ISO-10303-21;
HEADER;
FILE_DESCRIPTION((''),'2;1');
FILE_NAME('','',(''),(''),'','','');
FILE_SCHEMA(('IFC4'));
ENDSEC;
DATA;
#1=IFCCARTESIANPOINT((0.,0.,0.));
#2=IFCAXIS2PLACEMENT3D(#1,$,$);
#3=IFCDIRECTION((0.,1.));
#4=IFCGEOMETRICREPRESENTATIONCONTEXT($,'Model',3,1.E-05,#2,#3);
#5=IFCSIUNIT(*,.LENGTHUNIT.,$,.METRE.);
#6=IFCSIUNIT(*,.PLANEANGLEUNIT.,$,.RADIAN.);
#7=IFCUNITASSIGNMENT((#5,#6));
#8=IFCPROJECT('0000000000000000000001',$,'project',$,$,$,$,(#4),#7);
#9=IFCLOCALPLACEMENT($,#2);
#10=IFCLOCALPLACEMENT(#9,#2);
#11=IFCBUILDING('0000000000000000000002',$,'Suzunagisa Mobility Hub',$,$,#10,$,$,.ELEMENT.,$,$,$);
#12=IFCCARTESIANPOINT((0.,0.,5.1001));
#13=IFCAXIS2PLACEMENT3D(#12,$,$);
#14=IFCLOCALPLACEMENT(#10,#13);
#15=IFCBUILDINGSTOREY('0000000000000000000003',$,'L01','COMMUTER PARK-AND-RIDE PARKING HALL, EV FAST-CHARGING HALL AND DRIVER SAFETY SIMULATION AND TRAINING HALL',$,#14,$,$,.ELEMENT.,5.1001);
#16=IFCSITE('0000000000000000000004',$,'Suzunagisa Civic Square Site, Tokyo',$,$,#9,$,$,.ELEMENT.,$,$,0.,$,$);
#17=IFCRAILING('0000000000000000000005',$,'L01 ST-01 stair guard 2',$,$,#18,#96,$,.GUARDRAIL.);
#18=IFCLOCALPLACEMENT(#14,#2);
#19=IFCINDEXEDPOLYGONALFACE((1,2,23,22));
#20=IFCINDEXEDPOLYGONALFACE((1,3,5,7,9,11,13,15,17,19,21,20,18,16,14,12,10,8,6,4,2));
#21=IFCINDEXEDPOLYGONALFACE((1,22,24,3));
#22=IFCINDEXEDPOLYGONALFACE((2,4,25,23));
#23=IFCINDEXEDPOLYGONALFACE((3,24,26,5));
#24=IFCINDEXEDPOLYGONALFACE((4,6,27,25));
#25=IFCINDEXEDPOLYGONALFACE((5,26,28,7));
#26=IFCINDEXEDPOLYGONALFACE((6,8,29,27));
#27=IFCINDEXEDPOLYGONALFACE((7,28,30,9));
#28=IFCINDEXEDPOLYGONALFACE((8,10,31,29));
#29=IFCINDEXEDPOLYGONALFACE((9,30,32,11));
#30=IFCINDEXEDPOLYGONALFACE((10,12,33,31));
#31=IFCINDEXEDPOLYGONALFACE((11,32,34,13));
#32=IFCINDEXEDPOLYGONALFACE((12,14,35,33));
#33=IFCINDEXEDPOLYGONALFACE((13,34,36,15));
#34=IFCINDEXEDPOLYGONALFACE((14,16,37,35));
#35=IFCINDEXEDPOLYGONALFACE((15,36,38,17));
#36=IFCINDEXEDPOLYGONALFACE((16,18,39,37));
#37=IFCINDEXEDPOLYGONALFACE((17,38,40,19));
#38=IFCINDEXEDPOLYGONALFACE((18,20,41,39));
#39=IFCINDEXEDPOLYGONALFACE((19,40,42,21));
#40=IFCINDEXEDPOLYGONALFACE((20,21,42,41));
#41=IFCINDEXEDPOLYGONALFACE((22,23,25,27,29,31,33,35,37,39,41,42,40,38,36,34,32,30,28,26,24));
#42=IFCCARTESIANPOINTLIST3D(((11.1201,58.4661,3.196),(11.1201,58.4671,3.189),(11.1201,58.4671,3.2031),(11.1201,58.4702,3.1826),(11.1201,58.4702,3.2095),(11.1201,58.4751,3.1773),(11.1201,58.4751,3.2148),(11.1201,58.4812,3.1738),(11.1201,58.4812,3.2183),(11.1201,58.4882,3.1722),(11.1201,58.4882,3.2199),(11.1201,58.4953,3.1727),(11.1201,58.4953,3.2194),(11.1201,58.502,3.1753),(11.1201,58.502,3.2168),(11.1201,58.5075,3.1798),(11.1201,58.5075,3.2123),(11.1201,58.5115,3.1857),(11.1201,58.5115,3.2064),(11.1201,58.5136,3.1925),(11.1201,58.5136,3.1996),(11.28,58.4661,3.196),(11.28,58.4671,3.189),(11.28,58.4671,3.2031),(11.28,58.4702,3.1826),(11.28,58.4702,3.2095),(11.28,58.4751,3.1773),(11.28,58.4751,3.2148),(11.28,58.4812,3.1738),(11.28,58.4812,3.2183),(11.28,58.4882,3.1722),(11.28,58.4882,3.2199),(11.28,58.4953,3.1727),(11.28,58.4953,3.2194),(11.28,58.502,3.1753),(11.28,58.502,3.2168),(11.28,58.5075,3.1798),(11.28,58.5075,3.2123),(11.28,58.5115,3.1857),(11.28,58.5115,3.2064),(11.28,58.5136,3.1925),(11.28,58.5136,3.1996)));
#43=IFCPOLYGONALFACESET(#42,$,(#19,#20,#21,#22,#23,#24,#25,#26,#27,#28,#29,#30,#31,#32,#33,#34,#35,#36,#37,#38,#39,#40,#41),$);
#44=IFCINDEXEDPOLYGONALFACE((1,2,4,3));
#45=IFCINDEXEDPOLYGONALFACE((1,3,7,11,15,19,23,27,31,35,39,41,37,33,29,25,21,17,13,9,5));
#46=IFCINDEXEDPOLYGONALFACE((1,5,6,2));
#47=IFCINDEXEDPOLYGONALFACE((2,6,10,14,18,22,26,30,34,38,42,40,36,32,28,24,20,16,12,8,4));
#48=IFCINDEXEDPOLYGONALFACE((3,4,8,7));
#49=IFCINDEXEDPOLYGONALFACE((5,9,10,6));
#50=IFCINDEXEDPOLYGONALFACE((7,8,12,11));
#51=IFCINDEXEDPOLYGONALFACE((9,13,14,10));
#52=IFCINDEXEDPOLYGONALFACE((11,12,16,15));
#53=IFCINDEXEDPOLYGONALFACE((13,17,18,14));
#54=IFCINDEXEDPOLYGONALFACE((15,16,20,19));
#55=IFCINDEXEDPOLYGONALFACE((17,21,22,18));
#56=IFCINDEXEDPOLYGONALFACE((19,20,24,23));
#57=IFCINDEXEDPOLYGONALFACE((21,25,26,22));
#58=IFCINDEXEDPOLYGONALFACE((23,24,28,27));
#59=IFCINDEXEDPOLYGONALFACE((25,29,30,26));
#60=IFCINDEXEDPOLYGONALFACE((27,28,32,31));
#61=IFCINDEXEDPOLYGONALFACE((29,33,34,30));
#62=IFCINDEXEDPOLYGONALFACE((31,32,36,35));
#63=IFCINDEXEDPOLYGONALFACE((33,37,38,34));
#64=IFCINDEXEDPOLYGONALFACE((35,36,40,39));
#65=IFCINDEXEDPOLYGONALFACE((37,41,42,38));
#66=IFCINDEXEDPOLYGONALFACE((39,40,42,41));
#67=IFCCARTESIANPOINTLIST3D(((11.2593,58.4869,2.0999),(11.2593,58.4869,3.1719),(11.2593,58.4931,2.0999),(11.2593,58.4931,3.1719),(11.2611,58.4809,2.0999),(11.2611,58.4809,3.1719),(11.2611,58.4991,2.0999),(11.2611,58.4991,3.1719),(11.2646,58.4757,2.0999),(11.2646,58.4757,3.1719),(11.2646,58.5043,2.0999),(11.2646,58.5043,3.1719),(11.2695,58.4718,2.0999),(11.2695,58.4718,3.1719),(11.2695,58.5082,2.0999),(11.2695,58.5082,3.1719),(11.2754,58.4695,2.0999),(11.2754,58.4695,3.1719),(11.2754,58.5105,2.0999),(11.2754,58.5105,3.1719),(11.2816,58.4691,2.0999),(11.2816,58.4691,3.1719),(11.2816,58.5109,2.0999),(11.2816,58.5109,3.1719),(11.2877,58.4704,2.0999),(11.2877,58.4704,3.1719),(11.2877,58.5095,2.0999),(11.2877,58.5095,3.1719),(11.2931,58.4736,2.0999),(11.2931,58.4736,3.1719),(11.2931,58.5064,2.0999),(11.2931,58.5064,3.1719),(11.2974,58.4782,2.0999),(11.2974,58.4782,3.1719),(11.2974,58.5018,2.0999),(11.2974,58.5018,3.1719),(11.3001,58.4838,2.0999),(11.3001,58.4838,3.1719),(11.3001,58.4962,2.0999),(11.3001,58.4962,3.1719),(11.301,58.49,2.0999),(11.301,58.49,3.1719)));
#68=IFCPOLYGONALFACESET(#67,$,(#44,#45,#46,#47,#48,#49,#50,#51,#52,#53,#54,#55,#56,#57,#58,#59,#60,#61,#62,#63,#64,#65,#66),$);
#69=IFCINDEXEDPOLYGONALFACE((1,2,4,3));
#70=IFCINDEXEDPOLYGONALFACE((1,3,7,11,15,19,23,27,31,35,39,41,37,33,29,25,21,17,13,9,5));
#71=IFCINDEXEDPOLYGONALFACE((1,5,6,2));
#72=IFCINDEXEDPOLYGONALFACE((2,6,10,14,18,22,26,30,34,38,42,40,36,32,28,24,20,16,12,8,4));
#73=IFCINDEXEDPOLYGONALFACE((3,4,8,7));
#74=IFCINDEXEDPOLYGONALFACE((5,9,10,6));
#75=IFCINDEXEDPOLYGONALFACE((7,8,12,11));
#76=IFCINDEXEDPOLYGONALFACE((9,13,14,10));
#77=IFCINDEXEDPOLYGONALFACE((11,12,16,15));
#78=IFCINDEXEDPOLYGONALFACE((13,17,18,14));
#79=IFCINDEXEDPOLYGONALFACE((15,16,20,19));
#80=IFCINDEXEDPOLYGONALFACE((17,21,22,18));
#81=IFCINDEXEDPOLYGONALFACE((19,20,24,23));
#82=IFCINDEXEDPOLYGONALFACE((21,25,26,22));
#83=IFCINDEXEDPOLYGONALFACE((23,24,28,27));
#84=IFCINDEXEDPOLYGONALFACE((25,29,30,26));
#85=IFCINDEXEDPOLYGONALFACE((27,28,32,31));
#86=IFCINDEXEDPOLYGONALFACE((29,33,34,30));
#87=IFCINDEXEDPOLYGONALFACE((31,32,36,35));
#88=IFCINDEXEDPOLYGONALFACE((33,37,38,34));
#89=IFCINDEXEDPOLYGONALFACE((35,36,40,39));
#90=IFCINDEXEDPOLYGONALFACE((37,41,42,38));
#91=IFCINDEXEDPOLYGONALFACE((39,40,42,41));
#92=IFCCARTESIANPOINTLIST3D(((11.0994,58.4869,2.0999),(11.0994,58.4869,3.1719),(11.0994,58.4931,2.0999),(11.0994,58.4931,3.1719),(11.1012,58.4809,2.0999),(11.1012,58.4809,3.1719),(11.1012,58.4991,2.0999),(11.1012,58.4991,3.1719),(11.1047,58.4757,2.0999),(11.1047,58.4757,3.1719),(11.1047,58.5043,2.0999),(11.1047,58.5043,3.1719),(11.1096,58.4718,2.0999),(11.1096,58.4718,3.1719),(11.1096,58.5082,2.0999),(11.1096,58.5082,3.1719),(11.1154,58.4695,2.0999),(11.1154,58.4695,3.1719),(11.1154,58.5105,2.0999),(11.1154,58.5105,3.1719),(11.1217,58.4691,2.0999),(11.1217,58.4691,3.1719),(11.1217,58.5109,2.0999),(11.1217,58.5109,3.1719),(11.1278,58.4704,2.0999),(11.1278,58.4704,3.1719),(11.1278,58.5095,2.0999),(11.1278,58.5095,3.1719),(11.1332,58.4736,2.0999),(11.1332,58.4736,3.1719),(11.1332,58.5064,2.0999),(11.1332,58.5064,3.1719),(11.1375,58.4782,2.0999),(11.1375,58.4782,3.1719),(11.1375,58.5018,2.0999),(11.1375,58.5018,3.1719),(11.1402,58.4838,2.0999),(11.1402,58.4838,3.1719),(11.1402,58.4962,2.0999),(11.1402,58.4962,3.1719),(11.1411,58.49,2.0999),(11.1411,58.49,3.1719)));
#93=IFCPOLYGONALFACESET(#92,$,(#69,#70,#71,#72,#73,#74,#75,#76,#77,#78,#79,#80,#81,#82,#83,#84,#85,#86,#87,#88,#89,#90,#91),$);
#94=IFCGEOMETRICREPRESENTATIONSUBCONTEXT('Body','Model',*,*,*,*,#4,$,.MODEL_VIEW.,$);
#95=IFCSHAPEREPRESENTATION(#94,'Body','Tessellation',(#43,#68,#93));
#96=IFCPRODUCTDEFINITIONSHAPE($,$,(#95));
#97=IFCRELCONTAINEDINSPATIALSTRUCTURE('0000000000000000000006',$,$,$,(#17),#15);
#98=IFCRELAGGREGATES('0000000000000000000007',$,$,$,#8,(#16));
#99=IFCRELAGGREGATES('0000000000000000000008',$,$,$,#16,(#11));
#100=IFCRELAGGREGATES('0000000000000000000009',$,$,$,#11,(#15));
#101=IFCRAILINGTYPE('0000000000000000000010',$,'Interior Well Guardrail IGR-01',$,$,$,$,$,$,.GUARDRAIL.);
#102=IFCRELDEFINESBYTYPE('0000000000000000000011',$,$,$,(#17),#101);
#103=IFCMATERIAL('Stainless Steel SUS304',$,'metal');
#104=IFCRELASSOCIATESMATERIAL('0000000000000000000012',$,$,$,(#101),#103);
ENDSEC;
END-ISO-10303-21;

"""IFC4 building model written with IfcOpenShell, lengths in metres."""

from ifc_helpers import new_model, si_unit, direction, frame, origin, origin_2d, place, context, subcontext, project, spatial, circle, extrude, material, type_object, element, save


model = new_model("IFC4")

# Units and contexts
model_context = context("Model", 3, precision=1e-05, world=origin(), true_north=direction((0.0, 1.0)))
body_context = subcontext(model_context, "Body", "Model", "MODEL_VIEW")
ifc_project = project(units=[si_unit("LENGTHUNIT", "METRE"), si_unit("PLANEANGLEUNIT", "RADIAN")], contexts=[model_context])

# Site, building, storey
site_placement = place(None, origin())
site = spatial("IfcSite", under=ifc_project, at=site_placement, Name="Suzunagisa Civic Square Site, Tokyo", CompositionType="ELEMENT", RefElevation=0.0)
building_placement = place(site_placement, origin())
building = spatial("IfcBuilding", under=site, at=building_placement, Name="Suzunagisa Mobility Hub", CompositionType="ELEMENT")
storey_placement = place(building_placement, frame((0.0, 0.0, 5.1001)))
storey = spatial("IfcBuildingStorey", under=building, at=storey_placement, Name="L01", Description="COMMUTER PARK-AND-RIDE PARKING HALL, EV FAST-CHARGING HALL AND DRIVER SAFETY SIMULATION AND TRAINING HALL", CompositionType="ELEMENT", Elevation=5.1001)

# Railing
ifc_material_1 = material(Name="Stainless Steel SUS304", Category="metal")
railing_type_1 = type_object("IfcRailingType", Name="Interior Well Guardrail IGR-01", PredefinedType="GUARDRAIL", material=ifc_material_1)
railing_1_placement = place(storey_placement, frame((11.28, 58.49, 2.0999)))
element("IfcRailing", 1, at=railing_1_placement, inside=storey, type_object=railing_type_1, Name="L01 ST-01 stair guard 2", PredefinedType="GUARDRAIL", context=body_context, shape_type="SweptSolid", body=[
    extrude(circle(Radius=0.0239, at=origin_2d()), frame((0.0, 0.0, 1.0962), z_axis=(-1.0, 0.0, 0.0), x_axis=(0.0, -1.0, 0.0)), (0.0, 0.0, 1.0), 0.1599),
    extrude(circle(Radius=0.021, at=origin_2d()), origin(), (0.0, 0.0, 1.0), 1.072),
    extrude(circle(Radius=0.021, at=origin_2d()), frame((-0.1599, 0.0, 0.0)), (0.0, 0.0, 1.0), 1.072),
])

save(model, "model.ifc")
